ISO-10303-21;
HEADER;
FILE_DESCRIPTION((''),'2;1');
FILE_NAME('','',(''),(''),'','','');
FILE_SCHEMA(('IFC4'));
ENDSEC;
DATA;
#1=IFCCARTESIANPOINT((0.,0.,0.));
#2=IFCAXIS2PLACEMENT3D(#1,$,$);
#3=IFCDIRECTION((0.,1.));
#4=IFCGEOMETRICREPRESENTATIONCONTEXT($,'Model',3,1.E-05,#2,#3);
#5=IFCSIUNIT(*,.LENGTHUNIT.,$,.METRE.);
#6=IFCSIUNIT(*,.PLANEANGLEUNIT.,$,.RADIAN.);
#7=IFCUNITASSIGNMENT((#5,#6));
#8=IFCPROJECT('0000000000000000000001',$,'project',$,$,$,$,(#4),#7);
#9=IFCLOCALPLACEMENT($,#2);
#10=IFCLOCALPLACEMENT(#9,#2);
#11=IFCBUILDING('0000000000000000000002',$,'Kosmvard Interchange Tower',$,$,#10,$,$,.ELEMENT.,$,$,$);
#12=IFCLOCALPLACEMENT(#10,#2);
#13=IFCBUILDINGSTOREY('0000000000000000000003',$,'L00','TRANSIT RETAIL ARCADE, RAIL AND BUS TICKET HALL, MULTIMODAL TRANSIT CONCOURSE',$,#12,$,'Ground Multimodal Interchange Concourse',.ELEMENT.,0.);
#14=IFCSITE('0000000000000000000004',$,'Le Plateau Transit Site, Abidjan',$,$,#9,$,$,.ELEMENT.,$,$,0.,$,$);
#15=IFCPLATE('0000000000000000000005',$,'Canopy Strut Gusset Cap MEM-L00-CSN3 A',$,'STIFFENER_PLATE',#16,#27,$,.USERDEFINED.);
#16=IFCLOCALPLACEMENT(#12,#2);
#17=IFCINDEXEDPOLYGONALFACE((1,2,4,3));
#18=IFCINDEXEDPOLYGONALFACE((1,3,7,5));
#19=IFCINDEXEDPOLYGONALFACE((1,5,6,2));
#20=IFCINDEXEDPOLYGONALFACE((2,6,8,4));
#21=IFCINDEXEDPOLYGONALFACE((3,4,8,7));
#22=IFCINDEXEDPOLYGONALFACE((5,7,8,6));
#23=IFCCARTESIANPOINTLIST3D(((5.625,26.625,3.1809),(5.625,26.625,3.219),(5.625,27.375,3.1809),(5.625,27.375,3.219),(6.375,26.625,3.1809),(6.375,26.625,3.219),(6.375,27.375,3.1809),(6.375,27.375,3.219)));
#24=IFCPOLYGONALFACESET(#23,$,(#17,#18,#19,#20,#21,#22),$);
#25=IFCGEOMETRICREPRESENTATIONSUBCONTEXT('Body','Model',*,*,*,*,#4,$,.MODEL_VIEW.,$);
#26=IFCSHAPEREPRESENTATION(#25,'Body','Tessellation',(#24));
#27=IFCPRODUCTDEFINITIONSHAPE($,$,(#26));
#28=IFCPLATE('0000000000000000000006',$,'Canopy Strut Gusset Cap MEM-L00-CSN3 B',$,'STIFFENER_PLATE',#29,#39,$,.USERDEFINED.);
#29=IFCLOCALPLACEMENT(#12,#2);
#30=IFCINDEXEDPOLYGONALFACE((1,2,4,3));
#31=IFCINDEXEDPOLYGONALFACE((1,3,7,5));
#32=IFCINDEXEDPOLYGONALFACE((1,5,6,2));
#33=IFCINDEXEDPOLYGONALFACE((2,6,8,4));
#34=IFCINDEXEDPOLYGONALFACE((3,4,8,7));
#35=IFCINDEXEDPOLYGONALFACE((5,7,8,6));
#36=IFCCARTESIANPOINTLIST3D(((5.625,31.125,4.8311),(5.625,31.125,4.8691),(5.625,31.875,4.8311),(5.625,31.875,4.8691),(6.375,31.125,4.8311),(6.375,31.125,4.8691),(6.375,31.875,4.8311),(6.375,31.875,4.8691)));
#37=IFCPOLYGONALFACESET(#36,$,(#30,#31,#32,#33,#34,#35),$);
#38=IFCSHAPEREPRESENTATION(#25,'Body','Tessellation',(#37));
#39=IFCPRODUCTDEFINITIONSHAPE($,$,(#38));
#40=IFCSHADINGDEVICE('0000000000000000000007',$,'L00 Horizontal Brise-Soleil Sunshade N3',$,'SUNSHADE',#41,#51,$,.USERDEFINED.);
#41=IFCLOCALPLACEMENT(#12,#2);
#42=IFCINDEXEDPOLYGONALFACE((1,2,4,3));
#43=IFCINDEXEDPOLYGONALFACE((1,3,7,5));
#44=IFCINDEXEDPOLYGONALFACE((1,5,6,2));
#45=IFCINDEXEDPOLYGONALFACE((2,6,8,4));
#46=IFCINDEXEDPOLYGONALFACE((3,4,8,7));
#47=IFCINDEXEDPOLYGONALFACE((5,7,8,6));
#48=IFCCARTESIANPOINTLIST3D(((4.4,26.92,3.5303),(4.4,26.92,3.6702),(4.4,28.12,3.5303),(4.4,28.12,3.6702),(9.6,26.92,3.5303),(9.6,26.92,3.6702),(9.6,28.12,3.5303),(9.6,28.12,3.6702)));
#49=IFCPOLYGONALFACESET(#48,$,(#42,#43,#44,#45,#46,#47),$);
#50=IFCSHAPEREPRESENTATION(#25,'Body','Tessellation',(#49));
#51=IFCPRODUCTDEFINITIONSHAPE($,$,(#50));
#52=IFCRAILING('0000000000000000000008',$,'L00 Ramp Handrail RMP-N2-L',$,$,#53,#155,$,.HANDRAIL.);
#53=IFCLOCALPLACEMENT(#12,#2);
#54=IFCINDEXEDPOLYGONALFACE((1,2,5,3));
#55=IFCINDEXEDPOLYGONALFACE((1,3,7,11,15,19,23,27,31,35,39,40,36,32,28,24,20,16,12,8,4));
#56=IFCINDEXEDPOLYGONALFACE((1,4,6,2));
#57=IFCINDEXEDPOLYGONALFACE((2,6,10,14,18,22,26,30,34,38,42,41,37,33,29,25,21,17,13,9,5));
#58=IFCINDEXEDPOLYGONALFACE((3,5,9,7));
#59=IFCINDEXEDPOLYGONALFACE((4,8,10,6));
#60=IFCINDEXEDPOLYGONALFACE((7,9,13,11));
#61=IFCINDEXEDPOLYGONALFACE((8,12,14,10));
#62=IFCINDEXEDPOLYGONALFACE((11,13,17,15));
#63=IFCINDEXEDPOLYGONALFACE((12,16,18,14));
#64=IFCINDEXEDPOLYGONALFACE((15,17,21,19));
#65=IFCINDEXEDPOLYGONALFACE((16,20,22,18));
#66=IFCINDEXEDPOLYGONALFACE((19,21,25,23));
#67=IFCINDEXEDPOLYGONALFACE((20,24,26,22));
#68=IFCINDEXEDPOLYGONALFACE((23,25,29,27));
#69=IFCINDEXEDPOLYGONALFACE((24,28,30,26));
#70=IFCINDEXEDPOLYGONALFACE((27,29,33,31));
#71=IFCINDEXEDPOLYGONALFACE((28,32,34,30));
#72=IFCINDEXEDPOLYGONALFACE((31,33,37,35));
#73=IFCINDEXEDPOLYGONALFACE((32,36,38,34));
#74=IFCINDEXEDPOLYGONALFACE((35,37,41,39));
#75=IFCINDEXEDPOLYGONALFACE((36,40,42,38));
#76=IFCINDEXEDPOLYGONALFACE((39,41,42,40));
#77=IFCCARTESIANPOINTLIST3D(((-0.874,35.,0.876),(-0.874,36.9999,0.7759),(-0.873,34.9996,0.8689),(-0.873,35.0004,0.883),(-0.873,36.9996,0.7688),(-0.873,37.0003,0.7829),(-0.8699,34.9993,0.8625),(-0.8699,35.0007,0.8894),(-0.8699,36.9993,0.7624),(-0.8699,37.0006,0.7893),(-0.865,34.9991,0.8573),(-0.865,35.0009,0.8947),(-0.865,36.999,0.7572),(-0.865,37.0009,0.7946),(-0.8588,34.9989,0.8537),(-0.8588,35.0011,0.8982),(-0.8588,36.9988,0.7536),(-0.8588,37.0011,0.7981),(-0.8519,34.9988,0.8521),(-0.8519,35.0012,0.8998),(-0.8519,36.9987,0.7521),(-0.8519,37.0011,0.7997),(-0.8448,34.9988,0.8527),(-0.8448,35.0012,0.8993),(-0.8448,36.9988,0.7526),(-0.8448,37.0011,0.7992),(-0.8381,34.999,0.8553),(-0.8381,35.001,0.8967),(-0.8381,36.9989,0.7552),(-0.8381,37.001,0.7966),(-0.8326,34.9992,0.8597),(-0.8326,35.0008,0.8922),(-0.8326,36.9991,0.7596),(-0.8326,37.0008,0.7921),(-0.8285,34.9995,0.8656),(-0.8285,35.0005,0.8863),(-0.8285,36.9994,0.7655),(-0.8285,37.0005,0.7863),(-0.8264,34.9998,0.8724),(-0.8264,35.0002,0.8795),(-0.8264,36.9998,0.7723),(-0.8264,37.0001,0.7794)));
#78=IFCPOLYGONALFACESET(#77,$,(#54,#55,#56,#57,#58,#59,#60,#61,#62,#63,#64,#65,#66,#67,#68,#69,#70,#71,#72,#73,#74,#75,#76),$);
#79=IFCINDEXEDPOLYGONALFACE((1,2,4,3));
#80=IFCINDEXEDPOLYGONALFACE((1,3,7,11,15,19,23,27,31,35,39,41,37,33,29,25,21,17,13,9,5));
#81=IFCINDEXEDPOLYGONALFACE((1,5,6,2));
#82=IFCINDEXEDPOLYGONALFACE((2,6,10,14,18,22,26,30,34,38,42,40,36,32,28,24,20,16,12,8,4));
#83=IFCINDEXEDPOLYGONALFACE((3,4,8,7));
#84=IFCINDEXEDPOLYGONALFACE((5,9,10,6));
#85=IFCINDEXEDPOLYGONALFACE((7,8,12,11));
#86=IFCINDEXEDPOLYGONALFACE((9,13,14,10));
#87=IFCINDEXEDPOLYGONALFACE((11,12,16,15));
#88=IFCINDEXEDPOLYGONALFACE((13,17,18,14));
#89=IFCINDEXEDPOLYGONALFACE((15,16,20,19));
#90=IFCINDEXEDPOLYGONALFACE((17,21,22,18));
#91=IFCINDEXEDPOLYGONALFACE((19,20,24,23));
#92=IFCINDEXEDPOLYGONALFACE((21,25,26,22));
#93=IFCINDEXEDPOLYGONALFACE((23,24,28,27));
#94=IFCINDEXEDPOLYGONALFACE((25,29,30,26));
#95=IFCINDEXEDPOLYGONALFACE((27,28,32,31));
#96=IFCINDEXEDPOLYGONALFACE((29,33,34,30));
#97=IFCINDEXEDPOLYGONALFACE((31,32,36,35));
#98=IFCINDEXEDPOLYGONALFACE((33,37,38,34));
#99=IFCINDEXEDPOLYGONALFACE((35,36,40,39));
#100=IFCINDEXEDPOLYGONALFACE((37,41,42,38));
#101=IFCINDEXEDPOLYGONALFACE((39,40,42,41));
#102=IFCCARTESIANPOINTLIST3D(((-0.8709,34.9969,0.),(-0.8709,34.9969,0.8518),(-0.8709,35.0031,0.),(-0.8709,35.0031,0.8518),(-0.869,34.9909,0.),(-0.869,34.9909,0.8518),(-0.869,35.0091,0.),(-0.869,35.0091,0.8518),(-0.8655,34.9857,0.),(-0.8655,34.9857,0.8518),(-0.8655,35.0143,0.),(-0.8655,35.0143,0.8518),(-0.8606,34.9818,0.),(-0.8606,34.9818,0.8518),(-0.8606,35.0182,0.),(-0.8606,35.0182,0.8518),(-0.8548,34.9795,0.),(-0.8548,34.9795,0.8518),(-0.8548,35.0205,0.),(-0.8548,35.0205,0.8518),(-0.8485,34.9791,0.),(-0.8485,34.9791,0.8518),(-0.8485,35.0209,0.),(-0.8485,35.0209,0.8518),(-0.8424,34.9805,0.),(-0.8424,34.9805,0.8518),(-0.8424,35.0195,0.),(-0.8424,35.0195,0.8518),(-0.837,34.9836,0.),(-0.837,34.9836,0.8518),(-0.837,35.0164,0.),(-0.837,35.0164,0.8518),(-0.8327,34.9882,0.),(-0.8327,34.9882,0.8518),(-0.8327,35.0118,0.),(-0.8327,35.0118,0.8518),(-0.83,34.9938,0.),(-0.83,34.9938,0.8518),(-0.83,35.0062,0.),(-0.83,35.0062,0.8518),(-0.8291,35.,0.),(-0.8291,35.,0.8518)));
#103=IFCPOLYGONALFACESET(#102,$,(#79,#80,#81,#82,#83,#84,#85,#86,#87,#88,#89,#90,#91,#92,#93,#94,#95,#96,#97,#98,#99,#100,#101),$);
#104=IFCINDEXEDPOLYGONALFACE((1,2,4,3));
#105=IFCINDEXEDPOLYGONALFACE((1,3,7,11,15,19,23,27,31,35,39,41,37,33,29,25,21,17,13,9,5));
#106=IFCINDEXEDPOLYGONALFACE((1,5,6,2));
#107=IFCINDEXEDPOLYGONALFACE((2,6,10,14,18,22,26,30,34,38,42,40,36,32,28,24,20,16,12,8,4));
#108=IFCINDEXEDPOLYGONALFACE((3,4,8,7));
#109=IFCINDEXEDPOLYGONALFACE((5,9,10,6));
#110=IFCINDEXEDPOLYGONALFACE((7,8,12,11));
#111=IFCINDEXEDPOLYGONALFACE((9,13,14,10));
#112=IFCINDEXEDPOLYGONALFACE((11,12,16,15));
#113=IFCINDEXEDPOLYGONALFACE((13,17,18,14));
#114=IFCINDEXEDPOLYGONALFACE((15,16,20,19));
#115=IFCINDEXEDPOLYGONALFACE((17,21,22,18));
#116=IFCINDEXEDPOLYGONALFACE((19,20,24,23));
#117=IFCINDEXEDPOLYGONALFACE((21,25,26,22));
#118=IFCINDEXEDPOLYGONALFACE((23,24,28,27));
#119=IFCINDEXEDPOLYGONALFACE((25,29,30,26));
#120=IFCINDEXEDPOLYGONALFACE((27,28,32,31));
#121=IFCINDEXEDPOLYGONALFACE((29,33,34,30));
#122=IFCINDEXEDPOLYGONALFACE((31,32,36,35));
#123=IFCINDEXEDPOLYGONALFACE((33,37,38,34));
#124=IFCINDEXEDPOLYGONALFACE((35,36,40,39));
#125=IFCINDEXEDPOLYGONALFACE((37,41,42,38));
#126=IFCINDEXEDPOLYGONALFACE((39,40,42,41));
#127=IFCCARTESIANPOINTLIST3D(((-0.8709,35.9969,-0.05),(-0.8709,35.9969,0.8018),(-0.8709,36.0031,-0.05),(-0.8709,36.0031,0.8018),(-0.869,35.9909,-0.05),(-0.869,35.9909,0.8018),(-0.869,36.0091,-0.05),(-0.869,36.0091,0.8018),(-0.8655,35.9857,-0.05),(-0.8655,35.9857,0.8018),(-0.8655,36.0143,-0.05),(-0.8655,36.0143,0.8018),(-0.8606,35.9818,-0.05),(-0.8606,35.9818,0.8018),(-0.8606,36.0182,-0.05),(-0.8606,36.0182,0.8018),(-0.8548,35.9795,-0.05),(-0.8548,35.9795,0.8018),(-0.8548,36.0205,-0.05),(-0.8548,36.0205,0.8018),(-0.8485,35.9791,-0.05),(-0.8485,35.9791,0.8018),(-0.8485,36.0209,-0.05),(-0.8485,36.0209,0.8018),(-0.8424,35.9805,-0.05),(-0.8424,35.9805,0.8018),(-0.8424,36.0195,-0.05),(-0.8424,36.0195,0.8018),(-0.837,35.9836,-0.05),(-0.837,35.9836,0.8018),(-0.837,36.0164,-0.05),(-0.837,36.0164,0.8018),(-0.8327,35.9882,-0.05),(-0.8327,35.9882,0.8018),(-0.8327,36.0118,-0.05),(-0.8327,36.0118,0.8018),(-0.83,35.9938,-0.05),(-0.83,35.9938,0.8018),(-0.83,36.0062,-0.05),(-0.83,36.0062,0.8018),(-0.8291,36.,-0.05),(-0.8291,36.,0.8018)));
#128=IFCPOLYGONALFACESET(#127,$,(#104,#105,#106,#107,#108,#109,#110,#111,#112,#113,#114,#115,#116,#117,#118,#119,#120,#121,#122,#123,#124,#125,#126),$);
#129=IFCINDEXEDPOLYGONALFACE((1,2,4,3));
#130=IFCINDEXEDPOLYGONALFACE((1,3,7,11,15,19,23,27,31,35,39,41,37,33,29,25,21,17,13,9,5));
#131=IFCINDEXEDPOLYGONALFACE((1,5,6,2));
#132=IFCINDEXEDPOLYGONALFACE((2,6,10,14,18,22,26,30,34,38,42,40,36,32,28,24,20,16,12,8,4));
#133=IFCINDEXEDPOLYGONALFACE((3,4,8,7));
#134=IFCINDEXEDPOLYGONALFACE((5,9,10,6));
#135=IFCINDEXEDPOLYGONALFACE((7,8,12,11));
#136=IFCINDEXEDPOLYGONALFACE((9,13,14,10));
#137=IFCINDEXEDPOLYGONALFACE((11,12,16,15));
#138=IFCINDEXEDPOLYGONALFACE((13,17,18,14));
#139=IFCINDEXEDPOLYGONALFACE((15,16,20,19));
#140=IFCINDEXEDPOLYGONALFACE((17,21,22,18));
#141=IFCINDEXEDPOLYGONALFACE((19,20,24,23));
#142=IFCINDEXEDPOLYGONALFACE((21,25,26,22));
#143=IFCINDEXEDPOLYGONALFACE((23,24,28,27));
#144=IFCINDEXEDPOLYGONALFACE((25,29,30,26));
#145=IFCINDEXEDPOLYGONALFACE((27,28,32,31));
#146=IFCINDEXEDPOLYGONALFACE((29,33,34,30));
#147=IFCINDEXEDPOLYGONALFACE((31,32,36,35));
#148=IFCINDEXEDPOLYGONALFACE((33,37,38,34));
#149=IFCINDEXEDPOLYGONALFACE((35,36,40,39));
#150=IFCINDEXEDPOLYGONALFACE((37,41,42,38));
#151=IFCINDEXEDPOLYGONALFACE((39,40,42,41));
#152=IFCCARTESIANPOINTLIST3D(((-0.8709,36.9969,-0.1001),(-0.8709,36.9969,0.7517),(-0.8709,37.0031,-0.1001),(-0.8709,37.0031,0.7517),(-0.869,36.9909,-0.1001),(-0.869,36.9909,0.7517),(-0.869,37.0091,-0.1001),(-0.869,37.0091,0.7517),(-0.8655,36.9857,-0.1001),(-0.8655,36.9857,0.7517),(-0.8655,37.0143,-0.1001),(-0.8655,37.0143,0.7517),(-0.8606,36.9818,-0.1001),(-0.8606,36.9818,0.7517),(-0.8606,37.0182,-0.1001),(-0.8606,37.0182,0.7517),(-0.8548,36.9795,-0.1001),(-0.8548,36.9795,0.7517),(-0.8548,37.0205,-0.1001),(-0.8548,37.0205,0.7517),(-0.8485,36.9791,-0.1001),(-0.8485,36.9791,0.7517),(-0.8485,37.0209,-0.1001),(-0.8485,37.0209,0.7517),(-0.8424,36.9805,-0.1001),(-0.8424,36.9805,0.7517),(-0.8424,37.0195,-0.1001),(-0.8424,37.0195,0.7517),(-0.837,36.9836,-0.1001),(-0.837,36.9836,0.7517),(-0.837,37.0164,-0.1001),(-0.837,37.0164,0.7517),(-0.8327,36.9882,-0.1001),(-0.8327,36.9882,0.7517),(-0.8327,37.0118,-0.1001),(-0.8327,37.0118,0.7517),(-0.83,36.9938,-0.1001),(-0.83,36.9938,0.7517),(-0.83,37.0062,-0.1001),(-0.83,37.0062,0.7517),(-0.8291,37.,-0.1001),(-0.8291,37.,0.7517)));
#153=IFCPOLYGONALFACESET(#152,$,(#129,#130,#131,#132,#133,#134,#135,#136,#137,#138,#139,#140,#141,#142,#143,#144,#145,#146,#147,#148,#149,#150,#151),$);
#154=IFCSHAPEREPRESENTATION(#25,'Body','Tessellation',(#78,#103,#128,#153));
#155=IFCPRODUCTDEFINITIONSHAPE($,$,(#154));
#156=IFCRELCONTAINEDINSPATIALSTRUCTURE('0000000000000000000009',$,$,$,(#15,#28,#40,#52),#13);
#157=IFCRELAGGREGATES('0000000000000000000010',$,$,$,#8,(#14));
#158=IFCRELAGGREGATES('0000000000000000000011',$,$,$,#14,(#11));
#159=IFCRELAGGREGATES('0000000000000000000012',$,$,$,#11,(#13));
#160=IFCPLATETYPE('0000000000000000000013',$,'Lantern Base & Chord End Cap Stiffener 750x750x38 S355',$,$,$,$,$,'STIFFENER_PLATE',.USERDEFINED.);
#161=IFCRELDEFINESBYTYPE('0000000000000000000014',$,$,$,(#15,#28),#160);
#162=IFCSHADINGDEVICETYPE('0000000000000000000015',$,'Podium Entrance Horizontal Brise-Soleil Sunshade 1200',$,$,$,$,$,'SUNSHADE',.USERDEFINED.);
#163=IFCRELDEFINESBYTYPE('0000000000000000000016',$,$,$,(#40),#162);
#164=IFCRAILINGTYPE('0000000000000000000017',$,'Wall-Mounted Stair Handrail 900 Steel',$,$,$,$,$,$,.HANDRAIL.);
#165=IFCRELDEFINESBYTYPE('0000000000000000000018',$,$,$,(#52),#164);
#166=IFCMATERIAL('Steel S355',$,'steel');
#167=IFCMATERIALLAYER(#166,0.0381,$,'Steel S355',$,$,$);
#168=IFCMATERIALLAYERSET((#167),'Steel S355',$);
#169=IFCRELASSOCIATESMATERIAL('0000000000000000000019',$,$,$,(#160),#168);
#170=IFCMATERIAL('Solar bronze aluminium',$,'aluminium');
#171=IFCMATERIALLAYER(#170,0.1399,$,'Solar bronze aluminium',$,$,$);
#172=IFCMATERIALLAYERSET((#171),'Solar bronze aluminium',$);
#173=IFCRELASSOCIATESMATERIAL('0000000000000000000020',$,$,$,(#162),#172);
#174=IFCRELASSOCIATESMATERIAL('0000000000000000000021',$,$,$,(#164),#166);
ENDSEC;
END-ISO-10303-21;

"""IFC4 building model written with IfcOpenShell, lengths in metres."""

from ifc_helpers import new_model, si_unit, direction, frame, origin, origin_2d, place, context, subcontext, project, spatial, rectangle, circle, extrude, source, transform, mapped, material, layer, layer_set, type_object, element, save


model = new_model("IFC4")

# Units and contexts
model_context = context("Model", 3, precision=1e-05, world=origin(), true_north=direction((0.0, 1.0)))
body_context = subcontext(model_context, "Body", "Model", "MODEL_VIEW")
ifc_project = project(units=[si_unit("LENGTHUNIT", "METRE"), si_unit("PLANEANGLEUNIT", "RADIAN")], contexts=[model_context])

# Site, building, storey
site_placement = place(None, origin())
site = spatial("IfcSite", under=ifc_project, at=site_placement, Name="Le Plateau Transit Site, Abidjan", CompositionType="ELEMENT", RefElevation=0.0)
building_placement = place(site_placement, origin())
building = spatial("IfcBuilding", under=site, at=building_placement, Name="Kosmvard Interchange Tower", CompositionType="ELEMENT")
storey_placement = place(building_placement, origin())
storey = spatial("IfcBuildingStorey", under=building, at=storey_placement, Name="L00", Description="TRANSIT RETAIL ARCADE, RAIL AND BUS TICKET HALL, MULTIMODAL TRANSIT CONCOURSE", LongName="Ground Multimodal Interchange Concourse", CompositionType="ELEMENT", Elevation=0.0)

# Shared definitions
ifc_material_1 = material(Name="Steel S355", Category="steel")

# Plates
ifc_layer_1 = layer(ifc_material_1, 0.0381, Name="Steel S355")
ifc_layer_set_1 = layer_set([ifc_layer_1], Name="Steel S355")
plate_type = type_object("IfcPlateType", Name="Lantern Base & Chord End Cap Stiffener 750x750x38 S355", ElementType="STIFFENER_PLATE", PredefinedType="USERDEFINED", material=ifc_layer_set_1)
shared_shape_1 = source(origin(), body_context, "Body", "SweptSolid", [
    extrude(rectangle(XDim=0.75, YDim=0.75, at=origin_2d()), origin(), (0.0, 0.0, 1.0), 0.0381),
])
for number, where, z_axis, x_axis, name in (
    (1, (6.0, 27.0, 3.1809), (0.0, 0.0, 1.0), (1.0, 0.0, 0.0), "Canopy Strut Gusset Cap MEM-L00-CSN3 A"),
    (2, (6.0, 31.5, 4.8311), (0.0, 0.0, 1.0), (1.0, 0.0, 0.0), "Canopy Strut Gusset Cap MEM-L00-CSN3 B"),
):
    element("IfcPlate", number, at=place(storey_placement, frame(where, z_axis=z_axis, x_axis=x_axis)), inside=storey, type_object=plate_type, Name=name, ObjectType="STIFFENER_PLATE", PredefinedType="USERDEFINED", context=body_context, shape_type="MappedRepresentation", body=[
        mapped(shared_shape_1, transform((0.0, 0.0, 0.0), scale=1.0)),
    ])

# Shading device
ifc_material_2 = material(Name="Solar bronze aluminium", Category="aluminium")
ifc_layer_2 = layer(ifc_material_2, 0.1399, Name="Solar bronze aluminium")
ifc_layer_set_2 = layer_set([ifc_layer_2], Name="Solar bronze aluminium")
shading_device_type = type_object("IfcShadingDeviceType", Name="Podium Entrance Horizontal Brise-Soleil Sunshade 1200", ElementType="SUNSHADE", PredefinedType="USERDEFINED", material=ifc_layer_set_2)
shared_shape_2 = source(origin(), body_context, "Body", "SweptSolid", [
    extrude(rectangle(XDim=5.2, YDim=1.2, at=origin_2d()), origin(), (0.0, 0.0, 1.0), 0.1399),
])
shading_device_placement = place(storey_placement, frame((7.0, 27.52, 3.5303), z_axis=(0.0, 0.0, 1.0), x_axis=(1.0, 0.0, 0.0)))
element("IfcShadingDevice", 3, at=shading_device_placement, inside=storey, type_object=shading_device_type, Name="L00 Horizontal Brise-Soleil Sunshade N3", ObjectType="SUNSHADE", PredefinedType="USERDEFINED", context=body_context, shape_type="MappedRepresentation", body=[
    mapped(shared_shape_2, transform((0.0, 0.0, 0.0), scale=1.0)),
])

# Railing
railing_type = type_object("IfcRailingType", Name="Wall-Mounted Stair Handrail 900 Steel", PredefinedType="HANDRAIL", material=ifc_material_1)
shared_shape_3 = source(origin(), body_context, "Body", "SweptSolid", [
    extrude(circle(Radius=0.0239, at=origin_2d()), frame((0.0, 0.0, 0.876), z_axis=(0.0, 0.99875, -0.049986), x_axis=(-1.0, 0.0, 0.0)), (0.0, 0.0, 1.0), 2.0024),
    extrude(circle(Radius=0.021, at=origin_2d()), origin(), (0.0, 0.0, 1.0), 0.8518),
    extrude(circle(Radius=0.021, at=origin_2d()), frame((0.0, 1.0, -0.05)), (0.0, 0.0, 1.0), 0.8518),
    extrude(circle(Radius=0.021, at=origin_2d()), frame((0.0, 2.0, -0.1001)), (0.0, 0.0, 1.0), 0.8518),
])
for number, where, name in (
    (4, (-0.8501, 35.0, 0.0), "L00 Ramp Handrail RMP-N2-L"),
):
    element("IfcRailing", number, at=place(storey_placement, frame(where)), inside=storey, type_object=railing_type, Name=name, PredefinedType="HANDRAIL", context=body_context, shape_type="MappedRepresentation", body=[
        mapped(shared_shape_3, transform((0.0, 0.0, 0.0), scale=1.0)),
    ])

save(model, "model.ifc")
